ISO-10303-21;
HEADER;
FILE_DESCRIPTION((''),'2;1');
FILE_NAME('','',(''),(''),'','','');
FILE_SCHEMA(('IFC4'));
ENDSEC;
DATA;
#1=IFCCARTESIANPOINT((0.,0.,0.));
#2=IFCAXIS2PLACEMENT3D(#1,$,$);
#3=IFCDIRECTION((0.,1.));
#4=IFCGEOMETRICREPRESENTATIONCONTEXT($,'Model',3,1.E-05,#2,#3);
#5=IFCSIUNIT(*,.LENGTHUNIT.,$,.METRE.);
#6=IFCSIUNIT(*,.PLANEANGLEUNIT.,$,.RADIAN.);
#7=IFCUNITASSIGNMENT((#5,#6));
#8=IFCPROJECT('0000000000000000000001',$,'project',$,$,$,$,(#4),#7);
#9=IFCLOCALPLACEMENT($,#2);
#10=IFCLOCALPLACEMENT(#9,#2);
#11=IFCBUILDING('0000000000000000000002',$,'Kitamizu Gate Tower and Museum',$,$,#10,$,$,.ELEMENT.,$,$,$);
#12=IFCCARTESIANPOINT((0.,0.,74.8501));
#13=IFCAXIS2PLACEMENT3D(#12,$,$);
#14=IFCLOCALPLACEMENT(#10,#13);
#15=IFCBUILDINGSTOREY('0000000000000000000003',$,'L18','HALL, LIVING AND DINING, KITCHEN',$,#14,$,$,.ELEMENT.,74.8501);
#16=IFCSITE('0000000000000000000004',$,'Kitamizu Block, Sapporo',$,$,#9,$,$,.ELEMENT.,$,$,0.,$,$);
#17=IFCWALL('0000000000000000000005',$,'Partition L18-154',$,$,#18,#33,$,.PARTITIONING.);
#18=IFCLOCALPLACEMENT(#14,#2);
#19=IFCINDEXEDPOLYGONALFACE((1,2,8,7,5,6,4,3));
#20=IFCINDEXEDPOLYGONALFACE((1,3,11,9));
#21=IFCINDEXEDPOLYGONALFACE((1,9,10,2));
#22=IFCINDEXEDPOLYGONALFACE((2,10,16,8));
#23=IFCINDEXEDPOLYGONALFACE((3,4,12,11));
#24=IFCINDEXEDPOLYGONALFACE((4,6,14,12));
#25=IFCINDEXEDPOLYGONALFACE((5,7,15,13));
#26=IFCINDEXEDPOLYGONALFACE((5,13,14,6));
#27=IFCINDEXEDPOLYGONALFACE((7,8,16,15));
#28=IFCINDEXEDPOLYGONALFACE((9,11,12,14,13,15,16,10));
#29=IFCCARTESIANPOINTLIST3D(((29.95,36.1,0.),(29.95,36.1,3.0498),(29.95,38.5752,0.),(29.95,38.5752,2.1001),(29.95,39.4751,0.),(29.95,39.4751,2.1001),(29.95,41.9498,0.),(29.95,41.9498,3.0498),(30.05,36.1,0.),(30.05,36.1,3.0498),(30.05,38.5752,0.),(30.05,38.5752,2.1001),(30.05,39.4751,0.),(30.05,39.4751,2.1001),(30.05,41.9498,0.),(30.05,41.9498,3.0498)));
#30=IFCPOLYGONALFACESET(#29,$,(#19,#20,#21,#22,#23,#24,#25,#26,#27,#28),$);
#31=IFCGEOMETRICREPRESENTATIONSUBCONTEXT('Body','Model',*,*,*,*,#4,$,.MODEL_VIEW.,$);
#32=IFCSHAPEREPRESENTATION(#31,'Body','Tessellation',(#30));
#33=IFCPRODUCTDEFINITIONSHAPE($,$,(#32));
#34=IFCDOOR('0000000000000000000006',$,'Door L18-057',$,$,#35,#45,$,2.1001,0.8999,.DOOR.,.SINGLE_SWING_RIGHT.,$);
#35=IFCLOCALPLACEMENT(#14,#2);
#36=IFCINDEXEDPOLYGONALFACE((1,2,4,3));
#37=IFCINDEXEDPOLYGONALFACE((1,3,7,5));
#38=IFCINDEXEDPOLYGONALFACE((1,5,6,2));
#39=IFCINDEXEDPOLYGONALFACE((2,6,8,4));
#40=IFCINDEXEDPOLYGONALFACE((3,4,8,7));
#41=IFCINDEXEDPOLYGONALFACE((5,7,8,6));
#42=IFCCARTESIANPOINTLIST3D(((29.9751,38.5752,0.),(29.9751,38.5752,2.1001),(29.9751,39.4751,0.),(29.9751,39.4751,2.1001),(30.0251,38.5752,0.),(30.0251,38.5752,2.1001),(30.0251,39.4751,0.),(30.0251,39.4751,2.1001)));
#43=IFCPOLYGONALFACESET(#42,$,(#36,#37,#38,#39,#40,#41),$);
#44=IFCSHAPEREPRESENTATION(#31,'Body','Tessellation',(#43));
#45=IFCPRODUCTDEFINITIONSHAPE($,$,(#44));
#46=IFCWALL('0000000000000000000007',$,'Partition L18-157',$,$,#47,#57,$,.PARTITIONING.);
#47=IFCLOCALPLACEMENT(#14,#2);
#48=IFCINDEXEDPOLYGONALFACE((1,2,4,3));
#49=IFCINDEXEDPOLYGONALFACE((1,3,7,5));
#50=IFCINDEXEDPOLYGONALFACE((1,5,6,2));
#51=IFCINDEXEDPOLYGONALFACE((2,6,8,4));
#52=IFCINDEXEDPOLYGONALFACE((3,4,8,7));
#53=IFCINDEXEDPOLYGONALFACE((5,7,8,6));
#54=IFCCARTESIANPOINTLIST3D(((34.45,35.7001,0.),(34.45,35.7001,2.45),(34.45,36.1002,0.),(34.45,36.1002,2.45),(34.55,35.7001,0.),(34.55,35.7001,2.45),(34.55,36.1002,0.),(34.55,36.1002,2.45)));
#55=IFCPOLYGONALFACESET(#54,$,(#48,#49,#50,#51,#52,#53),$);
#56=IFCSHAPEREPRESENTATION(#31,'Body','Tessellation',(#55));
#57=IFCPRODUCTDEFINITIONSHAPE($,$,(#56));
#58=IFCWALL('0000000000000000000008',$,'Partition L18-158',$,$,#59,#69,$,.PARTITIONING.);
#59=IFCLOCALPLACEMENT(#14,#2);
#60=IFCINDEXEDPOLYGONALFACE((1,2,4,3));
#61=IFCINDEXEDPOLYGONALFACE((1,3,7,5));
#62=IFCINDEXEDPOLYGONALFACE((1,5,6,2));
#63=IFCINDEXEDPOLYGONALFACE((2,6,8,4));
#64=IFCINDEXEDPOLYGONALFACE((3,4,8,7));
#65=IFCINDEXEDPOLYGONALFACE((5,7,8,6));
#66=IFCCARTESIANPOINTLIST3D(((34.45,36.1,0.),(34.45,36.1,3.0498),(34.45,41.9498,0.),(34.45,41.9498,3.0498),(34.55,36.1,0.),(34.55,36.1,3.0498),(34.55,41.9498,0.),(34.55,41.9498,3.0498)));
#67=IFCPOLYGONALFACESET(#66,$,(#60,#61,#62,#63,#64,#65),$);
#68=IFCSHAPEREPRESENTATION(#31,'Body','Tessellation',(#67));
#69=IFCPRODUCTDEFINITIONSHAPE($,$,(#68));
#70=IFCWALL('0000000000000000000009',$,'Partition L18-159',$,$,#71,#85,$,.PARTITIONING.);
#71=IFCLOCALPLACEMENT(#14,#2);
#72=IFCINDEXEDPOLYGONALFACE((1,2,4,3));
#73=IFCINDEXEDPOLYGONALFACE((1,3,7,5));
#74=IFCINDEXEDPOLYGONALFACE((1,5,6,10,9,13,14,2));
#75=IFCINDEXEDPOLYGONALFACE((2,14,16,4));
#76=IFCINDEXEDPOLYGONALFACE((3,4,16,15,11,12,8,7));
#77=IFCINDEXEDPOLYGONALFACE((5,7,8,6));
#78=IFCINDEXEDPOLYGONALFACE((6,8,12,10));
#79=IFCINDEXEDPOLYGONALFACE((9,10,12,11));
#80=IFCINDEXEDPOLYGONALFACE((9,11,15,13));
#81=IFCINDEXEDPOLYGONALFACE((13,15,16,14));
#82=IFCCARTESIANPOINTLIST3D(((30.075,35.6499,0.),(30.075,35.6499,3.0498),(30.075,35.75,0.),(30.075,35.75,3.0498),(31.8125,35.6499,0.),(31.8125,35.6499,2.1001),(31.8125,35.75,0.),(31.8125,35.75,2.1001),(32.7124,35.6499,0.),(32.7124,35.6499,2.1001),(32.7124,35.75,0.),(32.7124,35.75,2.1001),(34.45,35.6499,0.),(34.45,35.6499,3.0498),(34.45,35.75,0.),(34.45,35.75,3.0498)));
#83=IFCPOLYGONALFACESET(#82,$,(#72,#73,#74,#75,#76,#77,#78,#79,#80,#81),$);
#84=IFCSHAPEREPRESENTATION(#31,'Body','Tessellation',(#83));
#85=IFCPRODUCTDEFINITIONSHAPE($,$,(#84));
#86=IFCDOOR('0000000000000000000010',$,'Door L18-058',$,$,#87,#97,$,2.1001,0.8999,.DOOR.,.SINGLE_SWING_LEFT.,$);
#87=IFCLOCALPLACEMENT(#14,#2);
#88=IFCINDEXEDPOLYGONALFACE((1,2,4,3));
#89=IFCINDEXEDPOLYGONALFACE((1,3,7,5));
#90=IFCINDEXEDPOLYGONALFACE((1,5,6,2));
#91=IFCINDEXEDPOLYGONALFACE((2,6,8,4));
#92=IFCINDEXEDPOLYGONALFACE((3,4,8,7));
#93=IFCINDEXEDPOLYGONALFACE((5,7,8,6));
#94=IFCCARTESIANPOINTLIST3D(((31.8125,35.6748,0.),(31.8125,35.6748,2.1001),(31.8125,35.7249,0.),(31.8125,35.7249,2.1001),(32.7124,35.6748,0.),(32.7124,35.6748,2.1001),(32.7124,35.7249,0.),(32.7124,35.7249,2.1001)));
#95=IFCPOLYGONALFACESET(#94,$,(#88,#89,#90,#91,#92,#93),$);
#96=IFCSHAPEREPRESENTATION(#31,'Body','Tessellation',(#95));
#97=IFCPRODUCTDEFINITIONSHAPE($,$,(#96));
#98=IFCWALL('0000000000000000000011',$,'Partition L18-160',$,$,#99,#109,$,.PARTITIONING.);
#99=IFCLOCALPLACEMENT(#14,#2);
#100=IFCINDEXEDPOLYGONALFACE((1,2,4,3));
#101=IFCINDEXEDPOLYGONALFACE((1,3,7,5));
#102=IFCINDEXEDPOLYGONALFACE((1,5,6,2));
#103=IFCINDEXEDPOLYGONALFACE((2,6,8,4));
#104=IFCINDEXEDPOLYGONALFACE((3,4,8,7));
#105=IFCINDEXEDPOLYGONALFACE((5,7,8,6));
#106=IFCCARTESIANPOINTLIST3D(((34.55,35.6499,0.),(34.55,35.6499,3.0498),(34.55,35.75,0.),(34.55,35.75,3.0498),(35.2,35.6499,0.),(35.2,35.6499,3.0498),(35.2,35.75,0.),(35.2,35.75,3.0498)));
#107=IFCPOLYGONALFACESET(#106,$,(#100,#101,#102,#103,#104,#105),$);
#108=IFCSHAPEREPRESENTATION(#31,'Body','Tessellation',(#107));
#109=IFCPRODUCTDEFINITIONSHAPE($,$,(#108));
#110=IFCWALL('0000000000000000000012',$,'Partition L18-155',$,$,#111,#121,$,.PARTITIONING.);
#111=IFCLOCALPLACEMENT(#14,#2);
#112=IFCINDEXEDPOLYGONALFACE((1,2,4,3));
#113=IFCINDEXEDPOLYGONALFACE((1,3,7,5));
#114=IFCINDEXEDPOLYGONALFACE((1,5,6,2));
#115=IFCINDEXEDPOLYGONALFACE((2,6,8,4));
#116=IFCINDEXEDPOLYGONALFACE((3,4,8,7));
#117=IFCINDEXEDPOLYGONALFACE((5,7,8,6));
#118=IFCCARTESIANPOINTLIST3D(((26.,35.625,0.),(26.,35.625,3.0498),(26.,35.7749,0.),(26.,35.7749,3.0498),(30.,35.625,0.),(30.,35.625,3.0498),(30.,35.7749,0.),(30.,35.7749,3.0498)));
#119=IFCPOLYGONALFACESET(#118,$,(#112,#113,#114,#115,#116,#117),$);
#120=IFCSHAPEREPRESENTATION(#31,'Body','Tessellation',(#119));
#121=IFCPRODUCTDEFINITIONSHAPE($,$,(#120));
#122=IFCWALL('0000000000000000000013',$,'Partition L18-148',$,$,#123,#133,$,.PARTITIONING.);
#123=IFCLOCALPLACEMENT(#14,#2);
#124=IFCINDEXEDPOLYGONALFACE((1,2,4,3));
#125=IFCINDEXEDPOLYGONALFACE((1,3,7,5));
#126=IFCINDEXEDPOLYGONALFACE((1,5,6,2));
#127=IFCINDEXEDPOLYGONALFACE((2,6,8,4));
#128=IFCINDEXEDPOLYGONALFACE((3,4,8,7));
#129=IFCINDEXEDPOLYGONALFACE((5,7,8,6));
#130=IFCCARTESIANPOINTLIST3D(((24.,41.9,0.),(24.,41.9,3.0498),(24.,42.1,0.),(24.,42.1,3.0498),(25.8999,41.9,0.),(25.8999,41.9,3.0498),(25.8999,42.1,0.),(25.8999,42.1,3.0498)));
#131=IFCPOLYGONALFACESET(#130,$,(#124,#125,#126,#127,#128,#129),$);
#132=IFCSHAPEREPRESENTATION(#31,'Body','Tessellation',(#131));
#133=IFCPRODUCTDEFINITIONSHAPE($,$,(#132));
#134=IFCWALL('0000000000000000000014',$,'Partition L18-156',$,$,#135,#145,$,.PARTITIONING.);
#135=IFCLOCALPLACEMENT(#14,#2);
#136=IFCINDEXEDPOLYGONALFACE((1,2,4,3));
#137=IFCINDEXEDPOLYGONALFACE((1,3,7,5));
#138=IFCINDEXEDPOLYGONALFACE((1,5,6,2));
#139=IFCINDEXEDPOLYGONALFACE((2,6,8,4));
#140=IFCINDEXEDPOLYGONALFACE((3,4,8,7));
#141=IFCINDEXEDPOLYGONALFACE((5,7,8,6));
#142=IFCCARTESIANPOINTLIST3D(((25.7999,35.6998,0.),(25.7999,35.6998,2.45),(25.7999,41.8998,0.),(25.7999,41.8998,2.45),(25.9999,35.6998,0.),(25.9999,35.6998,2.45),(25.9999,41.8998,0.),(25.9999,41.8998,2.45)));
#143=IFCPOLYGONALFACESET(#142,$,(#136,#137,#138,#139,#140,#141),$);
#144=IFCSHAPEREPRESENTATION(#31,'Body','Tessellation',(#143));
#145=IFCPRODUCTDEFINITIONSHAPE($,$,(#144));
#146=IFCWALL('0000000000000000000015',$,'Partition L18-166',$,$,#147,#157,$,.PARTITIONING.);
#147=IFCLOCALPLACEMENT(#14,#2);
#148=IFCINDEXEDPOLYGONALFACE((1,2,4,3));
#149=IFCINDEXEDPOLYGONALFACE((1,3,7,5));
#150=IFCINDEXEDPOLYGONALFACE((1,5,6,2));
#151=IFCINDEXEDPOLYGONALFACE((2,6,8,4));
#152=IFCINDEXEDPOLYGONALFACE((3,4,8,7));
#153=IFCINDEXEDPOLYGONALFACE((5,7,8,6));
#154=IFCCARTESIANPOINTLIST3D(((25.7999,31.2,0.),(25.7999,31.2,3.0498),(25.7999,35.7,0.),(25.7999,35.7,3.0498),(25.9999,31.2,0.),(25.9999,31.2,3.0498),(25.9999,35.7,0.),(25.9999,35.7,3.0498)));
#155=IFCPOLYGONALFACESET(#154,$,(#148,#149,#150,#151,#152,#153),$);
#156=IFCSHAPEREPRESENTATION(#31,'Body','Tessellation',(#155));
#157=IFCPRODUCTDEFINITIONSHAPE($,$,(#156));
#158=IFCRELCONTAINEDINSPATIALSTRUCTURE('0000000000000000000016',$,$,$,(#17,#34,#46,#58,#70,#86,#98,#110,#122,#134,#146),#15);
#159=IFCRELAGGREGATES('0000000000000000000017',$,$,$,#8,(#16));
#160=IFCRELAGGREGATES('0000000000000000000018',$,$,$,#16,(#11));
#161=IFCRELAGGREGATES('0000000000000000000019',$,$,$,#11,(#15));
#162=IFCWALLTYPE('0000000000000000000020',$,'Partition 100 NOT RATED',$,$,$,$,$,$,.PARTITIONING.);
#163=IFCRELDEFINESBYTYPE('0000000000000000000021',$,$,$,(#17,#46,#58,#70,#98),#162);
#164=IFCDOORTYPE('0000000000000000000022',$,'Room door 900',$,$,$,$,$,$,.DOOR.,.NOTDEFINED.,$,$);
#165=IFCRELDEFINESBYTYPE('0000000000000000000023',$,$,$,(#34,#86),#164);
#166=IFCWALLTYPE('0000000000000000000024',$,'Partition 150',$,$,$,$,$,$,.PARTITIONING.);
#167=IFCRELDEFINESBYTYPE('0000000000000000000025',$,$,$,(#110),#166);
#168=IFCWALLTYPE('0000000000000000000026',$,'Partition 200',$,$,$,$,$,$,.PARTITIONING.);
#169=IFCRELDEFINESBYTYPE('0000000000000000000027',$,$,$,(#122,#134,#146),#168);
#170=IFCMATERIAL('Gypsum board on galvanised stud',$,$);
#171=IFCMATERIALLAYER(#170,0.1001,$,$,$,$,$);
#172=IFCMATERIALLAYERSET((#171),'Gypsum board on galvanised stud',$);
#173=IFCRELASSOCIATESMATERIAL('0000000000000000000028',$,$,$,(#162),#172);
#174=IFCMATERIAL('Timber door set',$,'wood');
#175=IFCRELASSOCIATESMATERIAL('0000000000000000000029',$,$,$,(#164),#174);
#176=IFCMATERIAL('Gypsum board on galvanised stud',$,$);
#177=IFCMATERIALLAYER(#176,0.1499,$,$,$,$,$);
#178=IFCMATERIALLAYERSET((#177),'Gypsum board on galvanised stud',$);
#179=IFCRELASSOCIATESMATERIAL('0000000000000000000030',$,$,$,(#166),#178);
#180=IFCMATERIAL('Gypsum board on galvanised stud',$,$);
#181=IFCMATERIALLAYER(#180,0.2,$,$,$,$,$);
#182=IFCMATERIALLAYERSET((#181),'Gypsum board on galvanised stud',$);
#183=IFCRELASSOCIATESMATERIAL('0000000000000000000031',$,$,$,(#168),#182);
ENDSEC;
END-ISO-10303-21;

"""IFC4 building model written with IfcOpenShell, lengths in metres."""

from ifc_helpers import new_model, si_unit, direction, frame, frame_2d, origin, place, context, subcontext, project, spatial, rectangle, extrude, material, layer, layer_set, type_object, element, fill, save


model = new_model("IFC4")

# Units and contexts
model_context = context("Model", 3, precision=1e-05, world=origin(), true_north=direction((0.0, 1.0)))
body_context = subcontext(model_context, "Body", "Model", "MODEL_VIEW")
ifc_project = project(units=[si_unit("LENGTHUNIT", "METRE"), si_unit("PLANEANGLEUNIT", "RADIAN")], contexts=[model_context])

# Site, building, storey
site_placement = place(None, origin())
site = spatial("IfcSite", under=ifc_project, at=site_placement, Name="Kitamizu Block, Sapporo", CompositionType="ELEMENT", RefElevation=0.0)
building_placement = place(site_placement, origin())
building = spatial("IfcBuilding", under=site, at=building_placement, Name="Kitamizu Gate Tower and Museum", CompositionType="ELEMENT")
storey_placement = place(building_placement, frame((0.0, 0.0, 74.8501)))
storey = spatial("IfcBuildingStorey", under=building, at=storey_placement, Name="L18", Description="HALL, LIVING AND DINING, KITCHEN", CompositionType="ELEMENT", Elevation=74.8501)

# Shared definitions
ifc_material_1 = material(Name="Gypsum board on galvanised stud")
ifc_layer_1 = layer(ifc_material_1, 0.1001)
ifc_layer_set_1 = layer_set([ifc_layer_1], Name="Gypsum board on galvanised stud")
wall_type_1 = type_object("IfcWallType", Name="Partition 100 NOT RATED", PredefinedType="PARTITIONING", material=ifc_layer_set_1)
ifc_material_2 = material(Name="Timber door set", Category="wood")
door_type_1 = type_object("IfcDoorType", Name="Room door 900", OperationType="NOTDEFINED", PredefinedType="DOOR", material=ifc_material_2)

# Wall, opening, door
wall_1_placement = place(storey_placement, frame((30.0, 36.1001, 0.0), z_axis=(0.0, 0.0, 1.0), x_axis=(0.0, 1.0, 0.0)))
wall_1 = element("IfcWall", 1, at=wall_1_placement, inside=storey, type_object=wall_type_1, Name="Partition L18-154", PredefinedType="PARTITIONING", context=body_context, shape_type="SweptSolid", body=[
    extrude(rectangle(XDim=5.8499, YDim=0.1001, at=frame_2d((2.9248, 0.0))), origin(), (0.0, 0.0, 1.0), 3.0498),
])
opening_1_placement = place(wall_1_placement, frame((2.4751, 0.0, 0.0)))
opening_1 = element("IfcOpeningElement", 2, at=opening_1_placement, cuts=wall_1, PredefinedType="OPENING", context=body_context, shape_type="SweptSolid", body=[
    extrude(rectangle(XDim=0.8999, YDim=2.1001, at=frame_2d((0.45, 1.05))), frame((0.0, 0.0601, 0.0), z_axis=(0.0, -1.0, 0.0), x_axis=(1.0, 0.0, 0.0)), (0.0, 0.0, 1.0), 0.1201),
])
door_1_placement = place(opening_1_placement, origin())
door_1 = element("IfcDoor", 3, at=door_1_placement, inside=storey, type_object=door_type_1, Name="Door L18-057", OperationType="SINGLE_SWING_RIGHT", OverallHeight=2.1001, OverallWidth=0.8999, PredefinedType="DOOR", context=body_context, shape_type="SweptSolid", body=[
    extrude(rectangle(XDim=0.8999, YDim=2.1001, at=frame_2d((0.45, 1.05))), frame((0.0, 0.0249, 0.0), z_axis=(0.0, -1.0, 0.0), x_axis=(1.0, 0.0, 0.0)), (0.0, 0.0, 1.0), 0.05),
])
fill(opening_1, door_1)

# Walls
wall_2_placement = place(storey_placement, frame((34.5, 35.7, 0.0), z_axis=(0.0, 0.0, 1.0), x_axis=(0.0, 1.0, 0.0)))
element("IfcWall", 4, at=wall_2_placement, inside=storey, type_object=wall_type_1, Name="Partition L18-157", PredefinedType="PARTITIONING", context=body_context, shape_type="SweptSolid", body=[
    extrude(rectangle(XDim=0.4001, YDim=0.1001, at=frame_2d((0.2002, 0.0))), origin(), (0.0, 0.0, 1.0), 2.45),
])
wall_3_placement = place(storey_placement, frame((34.5, 36.1001, 0.0), z_axis=(0.0, 0.0, 1.0), x_axis=(0.0, 1.0, 0.0)))
element("IfcWall", 5, at=wall_3_placement, inside=storey, type_object=wall_type_1, Name="Partition L18-158", PredefinedType="PARTITIONING", context=body_context, shape_type="SweptSolid", body=[
    extrude(rectangle(XDim=5.8499, YDim=0.1001, at=frame_2d((2.9248, 0.0))), origin(), (0.0, 0.0, 1.0), 3.0498),
])

# Wall, opening, door
wall_4_placement = place(storey_placement, frame((30.075, 35.7, 0.0), z_axis=(0.0, 0.0, 1.0), x_axis=(1.0, 0.0, 0.0)))
wall_4 = element("IfcWall", 6, at=wall_4_placement, inside=storey, type_object=wall_type_1, Name="Partition L18-159", PredefinedType="PARTITIONING", context=body_context, shape_type="SweptSolid", body=[
    extrude(rectangle(XDim=4.375, YDim=0.1001, at=frame_2d((2.1875, 0.0))), origin(), (0.0, 0.0, 1.0), 3.0498),
])
opening_2_placement = place(wall_4_placement, frame((1.7375, 0.0, 0.0)))
opening_2 = element("IfcOpeningElement", 7, at=opening_2_placement, cuts=wall_4, PredefinedType="OPENING", context=body_context, shape_type="SweptSolid", body=[
    extrude(rectangle(XDim=0.8999, YDim=2.1001, at=frame_2d((0.45, 1.05))), frame((0.0, 0.0601, 0.0), z_axis=(0.0, -1.0, 0.0), x_axis=(1.0, 0.0, 0.0)), (0.0, 0.0, 1.0), 0.1201),
])
door_2_placement = place(opening_2_placement, origin())
door_2 = element("IfcDoor", 8, at=door_2_placement, inside=storey, type_object=door_type_1, Name="Door L18-058", OperationType="SINGLE_SWING_LEFT", OverallHeight=2.1001, OverallWidth=0.8999, PredefinedType="DOOR", context=body_context, shape_type="SweptSolid", body=[
    extrude(rectangle(XDim=0.8999, YDim=2.1001, at=frame_2d((0.45, 1.05))), frame((0.0, 0.0249, 0.0), z_axis=(0.0, -1.0, 0.0), x_axis=(1.0, 0.0, 0.0)), (0.0, 0.0, 1.0), 0.05),
])
fill(opening_2, door_2)

# Walls
wall_5_placement = place(storey_placement, frame((34.55, 35.7, 0.0), z_axis=(0.0, 0.0, 1.0), x_axis=(1.0, 0.0, 0.0)))
element("IfcWall", 9, at=wall_5_placement, inside=storey, type_object=wall_type_1, Name="Partition L18-160", PredefinedType="PARTITIONING", context=body_context, shape_type="SweptSolid", body=[
    extrude(rectangle(XDim=0.6499, YDim=0.1001, at=frame_2d((0.325, 0.0))), origin(), (0.0, 0.0, 1.0), 3.0498),
])
ifc_material_3 = material(Name="Gypsum board on galvanised stud")
ifc_layer_2 = layer(ifc_material_3, 0.1499)
ifc_layer_set_2 = layer_set([ifc_layer_2], Name="Gypsum board on galvanised stud")
wall_type_2 = type_object("IfcWallType", Name="Partition 150", PredefinedType="PARTITIONING", material=ifc_layer_set_2)
wall_6_placement = place(storey_placement, frame((26.0, 35.7, 0.0), z_axis=(0.0, 0.0, 1.0), x_axis=(1.0, 0.0, 0.0)))
element("IfcWall", 10, at=wall_6_placement, inside=storey, type_object=wall_type_2, Name="Partition L18-155", PredefinedType="PARTITIONING", context=body_context, shape_type="SweptSolid", body=[
    extrude(rectangle(XDim=4.0, YDim=0.1499, at=frame_2d((2.0, 0.0))), origin(), (0.0, 0.0, 1.0), 3.0498),
])
ifc_material_4 = material(Name="Gypsum board on galvanised stud")
ifc_layer_3 = layer(ifc_material_4, 0.2)
ifc_layer_set_3 = layer_set([ifc_layer_3], Name="Gypsum board on galvanised stud")
wall_type_3 = type_object("IfcWallType", Name="Partition 200", PredefinedType="PARTITIONING", material=ifc_layer_set_3)
wall_7_placement = place(storey_placement, frame((24.0, 42.0, 0.0), z_axis=(0.0, 0.0, 1.0), x_axis=(1.0, 0.0, 0.0)))
element("IfcWall", 11, at=wall_7_placement, inside=storey, type_object=wall_type_3, Name="Partition L18-148", PredefinedType="PARTITIONING", context=body_context, shape_type="SweptSolid", body=[
    extrude(rectangle(XDim=1.8999, YDim=0.2, at=frame_2d((0.95, 0.0))), origin(), (0.0, 0.0, 1.0), 3.0498),
])
wall_8_placement = place(storey_placement, frame((25.8999, 41.8999, 0.0), z_axis=(0.0, 0.0, 1.0), x_axis=(0.0, -1.0, 0.0)))
element("IfcWall", 12, at=wall_8_placement, inside=storey, type_object=wall_type_3, Name="Partition L18-156", PredefinedType="PARTITIONING", context=body_context, shape_type="SweptSolid", body=[
    extrude(rectangle(XDim=6.2, YDim=0.2, at=frame_2d((3.1001, 0.0))), origin(), (0.0, 0.0, 1.0), 2.45),
])
wall_9_placement = place(storey_placement, frame((25.8999, 35.7, 0.0), z_axis=(0.0, 0.0, 1.0), x_axis=(0.0, -1.0, 0.0)))
element("IfcWall", 13, at=wall_9_placement, inside=storey, type_object=wall_type_3, Name="Partition L18-166", PredefinedType="PARTITIONING", context=body_context, shape_type="SweptSolid", body=[
    extrude(rectangle(XDim=4.5, YDim=0.2, at=frame_2d((2.25, 0.0))), origin(), (0.0, 0.0, 1.0), 3.0498),
])

save(model, "model.ifc")
